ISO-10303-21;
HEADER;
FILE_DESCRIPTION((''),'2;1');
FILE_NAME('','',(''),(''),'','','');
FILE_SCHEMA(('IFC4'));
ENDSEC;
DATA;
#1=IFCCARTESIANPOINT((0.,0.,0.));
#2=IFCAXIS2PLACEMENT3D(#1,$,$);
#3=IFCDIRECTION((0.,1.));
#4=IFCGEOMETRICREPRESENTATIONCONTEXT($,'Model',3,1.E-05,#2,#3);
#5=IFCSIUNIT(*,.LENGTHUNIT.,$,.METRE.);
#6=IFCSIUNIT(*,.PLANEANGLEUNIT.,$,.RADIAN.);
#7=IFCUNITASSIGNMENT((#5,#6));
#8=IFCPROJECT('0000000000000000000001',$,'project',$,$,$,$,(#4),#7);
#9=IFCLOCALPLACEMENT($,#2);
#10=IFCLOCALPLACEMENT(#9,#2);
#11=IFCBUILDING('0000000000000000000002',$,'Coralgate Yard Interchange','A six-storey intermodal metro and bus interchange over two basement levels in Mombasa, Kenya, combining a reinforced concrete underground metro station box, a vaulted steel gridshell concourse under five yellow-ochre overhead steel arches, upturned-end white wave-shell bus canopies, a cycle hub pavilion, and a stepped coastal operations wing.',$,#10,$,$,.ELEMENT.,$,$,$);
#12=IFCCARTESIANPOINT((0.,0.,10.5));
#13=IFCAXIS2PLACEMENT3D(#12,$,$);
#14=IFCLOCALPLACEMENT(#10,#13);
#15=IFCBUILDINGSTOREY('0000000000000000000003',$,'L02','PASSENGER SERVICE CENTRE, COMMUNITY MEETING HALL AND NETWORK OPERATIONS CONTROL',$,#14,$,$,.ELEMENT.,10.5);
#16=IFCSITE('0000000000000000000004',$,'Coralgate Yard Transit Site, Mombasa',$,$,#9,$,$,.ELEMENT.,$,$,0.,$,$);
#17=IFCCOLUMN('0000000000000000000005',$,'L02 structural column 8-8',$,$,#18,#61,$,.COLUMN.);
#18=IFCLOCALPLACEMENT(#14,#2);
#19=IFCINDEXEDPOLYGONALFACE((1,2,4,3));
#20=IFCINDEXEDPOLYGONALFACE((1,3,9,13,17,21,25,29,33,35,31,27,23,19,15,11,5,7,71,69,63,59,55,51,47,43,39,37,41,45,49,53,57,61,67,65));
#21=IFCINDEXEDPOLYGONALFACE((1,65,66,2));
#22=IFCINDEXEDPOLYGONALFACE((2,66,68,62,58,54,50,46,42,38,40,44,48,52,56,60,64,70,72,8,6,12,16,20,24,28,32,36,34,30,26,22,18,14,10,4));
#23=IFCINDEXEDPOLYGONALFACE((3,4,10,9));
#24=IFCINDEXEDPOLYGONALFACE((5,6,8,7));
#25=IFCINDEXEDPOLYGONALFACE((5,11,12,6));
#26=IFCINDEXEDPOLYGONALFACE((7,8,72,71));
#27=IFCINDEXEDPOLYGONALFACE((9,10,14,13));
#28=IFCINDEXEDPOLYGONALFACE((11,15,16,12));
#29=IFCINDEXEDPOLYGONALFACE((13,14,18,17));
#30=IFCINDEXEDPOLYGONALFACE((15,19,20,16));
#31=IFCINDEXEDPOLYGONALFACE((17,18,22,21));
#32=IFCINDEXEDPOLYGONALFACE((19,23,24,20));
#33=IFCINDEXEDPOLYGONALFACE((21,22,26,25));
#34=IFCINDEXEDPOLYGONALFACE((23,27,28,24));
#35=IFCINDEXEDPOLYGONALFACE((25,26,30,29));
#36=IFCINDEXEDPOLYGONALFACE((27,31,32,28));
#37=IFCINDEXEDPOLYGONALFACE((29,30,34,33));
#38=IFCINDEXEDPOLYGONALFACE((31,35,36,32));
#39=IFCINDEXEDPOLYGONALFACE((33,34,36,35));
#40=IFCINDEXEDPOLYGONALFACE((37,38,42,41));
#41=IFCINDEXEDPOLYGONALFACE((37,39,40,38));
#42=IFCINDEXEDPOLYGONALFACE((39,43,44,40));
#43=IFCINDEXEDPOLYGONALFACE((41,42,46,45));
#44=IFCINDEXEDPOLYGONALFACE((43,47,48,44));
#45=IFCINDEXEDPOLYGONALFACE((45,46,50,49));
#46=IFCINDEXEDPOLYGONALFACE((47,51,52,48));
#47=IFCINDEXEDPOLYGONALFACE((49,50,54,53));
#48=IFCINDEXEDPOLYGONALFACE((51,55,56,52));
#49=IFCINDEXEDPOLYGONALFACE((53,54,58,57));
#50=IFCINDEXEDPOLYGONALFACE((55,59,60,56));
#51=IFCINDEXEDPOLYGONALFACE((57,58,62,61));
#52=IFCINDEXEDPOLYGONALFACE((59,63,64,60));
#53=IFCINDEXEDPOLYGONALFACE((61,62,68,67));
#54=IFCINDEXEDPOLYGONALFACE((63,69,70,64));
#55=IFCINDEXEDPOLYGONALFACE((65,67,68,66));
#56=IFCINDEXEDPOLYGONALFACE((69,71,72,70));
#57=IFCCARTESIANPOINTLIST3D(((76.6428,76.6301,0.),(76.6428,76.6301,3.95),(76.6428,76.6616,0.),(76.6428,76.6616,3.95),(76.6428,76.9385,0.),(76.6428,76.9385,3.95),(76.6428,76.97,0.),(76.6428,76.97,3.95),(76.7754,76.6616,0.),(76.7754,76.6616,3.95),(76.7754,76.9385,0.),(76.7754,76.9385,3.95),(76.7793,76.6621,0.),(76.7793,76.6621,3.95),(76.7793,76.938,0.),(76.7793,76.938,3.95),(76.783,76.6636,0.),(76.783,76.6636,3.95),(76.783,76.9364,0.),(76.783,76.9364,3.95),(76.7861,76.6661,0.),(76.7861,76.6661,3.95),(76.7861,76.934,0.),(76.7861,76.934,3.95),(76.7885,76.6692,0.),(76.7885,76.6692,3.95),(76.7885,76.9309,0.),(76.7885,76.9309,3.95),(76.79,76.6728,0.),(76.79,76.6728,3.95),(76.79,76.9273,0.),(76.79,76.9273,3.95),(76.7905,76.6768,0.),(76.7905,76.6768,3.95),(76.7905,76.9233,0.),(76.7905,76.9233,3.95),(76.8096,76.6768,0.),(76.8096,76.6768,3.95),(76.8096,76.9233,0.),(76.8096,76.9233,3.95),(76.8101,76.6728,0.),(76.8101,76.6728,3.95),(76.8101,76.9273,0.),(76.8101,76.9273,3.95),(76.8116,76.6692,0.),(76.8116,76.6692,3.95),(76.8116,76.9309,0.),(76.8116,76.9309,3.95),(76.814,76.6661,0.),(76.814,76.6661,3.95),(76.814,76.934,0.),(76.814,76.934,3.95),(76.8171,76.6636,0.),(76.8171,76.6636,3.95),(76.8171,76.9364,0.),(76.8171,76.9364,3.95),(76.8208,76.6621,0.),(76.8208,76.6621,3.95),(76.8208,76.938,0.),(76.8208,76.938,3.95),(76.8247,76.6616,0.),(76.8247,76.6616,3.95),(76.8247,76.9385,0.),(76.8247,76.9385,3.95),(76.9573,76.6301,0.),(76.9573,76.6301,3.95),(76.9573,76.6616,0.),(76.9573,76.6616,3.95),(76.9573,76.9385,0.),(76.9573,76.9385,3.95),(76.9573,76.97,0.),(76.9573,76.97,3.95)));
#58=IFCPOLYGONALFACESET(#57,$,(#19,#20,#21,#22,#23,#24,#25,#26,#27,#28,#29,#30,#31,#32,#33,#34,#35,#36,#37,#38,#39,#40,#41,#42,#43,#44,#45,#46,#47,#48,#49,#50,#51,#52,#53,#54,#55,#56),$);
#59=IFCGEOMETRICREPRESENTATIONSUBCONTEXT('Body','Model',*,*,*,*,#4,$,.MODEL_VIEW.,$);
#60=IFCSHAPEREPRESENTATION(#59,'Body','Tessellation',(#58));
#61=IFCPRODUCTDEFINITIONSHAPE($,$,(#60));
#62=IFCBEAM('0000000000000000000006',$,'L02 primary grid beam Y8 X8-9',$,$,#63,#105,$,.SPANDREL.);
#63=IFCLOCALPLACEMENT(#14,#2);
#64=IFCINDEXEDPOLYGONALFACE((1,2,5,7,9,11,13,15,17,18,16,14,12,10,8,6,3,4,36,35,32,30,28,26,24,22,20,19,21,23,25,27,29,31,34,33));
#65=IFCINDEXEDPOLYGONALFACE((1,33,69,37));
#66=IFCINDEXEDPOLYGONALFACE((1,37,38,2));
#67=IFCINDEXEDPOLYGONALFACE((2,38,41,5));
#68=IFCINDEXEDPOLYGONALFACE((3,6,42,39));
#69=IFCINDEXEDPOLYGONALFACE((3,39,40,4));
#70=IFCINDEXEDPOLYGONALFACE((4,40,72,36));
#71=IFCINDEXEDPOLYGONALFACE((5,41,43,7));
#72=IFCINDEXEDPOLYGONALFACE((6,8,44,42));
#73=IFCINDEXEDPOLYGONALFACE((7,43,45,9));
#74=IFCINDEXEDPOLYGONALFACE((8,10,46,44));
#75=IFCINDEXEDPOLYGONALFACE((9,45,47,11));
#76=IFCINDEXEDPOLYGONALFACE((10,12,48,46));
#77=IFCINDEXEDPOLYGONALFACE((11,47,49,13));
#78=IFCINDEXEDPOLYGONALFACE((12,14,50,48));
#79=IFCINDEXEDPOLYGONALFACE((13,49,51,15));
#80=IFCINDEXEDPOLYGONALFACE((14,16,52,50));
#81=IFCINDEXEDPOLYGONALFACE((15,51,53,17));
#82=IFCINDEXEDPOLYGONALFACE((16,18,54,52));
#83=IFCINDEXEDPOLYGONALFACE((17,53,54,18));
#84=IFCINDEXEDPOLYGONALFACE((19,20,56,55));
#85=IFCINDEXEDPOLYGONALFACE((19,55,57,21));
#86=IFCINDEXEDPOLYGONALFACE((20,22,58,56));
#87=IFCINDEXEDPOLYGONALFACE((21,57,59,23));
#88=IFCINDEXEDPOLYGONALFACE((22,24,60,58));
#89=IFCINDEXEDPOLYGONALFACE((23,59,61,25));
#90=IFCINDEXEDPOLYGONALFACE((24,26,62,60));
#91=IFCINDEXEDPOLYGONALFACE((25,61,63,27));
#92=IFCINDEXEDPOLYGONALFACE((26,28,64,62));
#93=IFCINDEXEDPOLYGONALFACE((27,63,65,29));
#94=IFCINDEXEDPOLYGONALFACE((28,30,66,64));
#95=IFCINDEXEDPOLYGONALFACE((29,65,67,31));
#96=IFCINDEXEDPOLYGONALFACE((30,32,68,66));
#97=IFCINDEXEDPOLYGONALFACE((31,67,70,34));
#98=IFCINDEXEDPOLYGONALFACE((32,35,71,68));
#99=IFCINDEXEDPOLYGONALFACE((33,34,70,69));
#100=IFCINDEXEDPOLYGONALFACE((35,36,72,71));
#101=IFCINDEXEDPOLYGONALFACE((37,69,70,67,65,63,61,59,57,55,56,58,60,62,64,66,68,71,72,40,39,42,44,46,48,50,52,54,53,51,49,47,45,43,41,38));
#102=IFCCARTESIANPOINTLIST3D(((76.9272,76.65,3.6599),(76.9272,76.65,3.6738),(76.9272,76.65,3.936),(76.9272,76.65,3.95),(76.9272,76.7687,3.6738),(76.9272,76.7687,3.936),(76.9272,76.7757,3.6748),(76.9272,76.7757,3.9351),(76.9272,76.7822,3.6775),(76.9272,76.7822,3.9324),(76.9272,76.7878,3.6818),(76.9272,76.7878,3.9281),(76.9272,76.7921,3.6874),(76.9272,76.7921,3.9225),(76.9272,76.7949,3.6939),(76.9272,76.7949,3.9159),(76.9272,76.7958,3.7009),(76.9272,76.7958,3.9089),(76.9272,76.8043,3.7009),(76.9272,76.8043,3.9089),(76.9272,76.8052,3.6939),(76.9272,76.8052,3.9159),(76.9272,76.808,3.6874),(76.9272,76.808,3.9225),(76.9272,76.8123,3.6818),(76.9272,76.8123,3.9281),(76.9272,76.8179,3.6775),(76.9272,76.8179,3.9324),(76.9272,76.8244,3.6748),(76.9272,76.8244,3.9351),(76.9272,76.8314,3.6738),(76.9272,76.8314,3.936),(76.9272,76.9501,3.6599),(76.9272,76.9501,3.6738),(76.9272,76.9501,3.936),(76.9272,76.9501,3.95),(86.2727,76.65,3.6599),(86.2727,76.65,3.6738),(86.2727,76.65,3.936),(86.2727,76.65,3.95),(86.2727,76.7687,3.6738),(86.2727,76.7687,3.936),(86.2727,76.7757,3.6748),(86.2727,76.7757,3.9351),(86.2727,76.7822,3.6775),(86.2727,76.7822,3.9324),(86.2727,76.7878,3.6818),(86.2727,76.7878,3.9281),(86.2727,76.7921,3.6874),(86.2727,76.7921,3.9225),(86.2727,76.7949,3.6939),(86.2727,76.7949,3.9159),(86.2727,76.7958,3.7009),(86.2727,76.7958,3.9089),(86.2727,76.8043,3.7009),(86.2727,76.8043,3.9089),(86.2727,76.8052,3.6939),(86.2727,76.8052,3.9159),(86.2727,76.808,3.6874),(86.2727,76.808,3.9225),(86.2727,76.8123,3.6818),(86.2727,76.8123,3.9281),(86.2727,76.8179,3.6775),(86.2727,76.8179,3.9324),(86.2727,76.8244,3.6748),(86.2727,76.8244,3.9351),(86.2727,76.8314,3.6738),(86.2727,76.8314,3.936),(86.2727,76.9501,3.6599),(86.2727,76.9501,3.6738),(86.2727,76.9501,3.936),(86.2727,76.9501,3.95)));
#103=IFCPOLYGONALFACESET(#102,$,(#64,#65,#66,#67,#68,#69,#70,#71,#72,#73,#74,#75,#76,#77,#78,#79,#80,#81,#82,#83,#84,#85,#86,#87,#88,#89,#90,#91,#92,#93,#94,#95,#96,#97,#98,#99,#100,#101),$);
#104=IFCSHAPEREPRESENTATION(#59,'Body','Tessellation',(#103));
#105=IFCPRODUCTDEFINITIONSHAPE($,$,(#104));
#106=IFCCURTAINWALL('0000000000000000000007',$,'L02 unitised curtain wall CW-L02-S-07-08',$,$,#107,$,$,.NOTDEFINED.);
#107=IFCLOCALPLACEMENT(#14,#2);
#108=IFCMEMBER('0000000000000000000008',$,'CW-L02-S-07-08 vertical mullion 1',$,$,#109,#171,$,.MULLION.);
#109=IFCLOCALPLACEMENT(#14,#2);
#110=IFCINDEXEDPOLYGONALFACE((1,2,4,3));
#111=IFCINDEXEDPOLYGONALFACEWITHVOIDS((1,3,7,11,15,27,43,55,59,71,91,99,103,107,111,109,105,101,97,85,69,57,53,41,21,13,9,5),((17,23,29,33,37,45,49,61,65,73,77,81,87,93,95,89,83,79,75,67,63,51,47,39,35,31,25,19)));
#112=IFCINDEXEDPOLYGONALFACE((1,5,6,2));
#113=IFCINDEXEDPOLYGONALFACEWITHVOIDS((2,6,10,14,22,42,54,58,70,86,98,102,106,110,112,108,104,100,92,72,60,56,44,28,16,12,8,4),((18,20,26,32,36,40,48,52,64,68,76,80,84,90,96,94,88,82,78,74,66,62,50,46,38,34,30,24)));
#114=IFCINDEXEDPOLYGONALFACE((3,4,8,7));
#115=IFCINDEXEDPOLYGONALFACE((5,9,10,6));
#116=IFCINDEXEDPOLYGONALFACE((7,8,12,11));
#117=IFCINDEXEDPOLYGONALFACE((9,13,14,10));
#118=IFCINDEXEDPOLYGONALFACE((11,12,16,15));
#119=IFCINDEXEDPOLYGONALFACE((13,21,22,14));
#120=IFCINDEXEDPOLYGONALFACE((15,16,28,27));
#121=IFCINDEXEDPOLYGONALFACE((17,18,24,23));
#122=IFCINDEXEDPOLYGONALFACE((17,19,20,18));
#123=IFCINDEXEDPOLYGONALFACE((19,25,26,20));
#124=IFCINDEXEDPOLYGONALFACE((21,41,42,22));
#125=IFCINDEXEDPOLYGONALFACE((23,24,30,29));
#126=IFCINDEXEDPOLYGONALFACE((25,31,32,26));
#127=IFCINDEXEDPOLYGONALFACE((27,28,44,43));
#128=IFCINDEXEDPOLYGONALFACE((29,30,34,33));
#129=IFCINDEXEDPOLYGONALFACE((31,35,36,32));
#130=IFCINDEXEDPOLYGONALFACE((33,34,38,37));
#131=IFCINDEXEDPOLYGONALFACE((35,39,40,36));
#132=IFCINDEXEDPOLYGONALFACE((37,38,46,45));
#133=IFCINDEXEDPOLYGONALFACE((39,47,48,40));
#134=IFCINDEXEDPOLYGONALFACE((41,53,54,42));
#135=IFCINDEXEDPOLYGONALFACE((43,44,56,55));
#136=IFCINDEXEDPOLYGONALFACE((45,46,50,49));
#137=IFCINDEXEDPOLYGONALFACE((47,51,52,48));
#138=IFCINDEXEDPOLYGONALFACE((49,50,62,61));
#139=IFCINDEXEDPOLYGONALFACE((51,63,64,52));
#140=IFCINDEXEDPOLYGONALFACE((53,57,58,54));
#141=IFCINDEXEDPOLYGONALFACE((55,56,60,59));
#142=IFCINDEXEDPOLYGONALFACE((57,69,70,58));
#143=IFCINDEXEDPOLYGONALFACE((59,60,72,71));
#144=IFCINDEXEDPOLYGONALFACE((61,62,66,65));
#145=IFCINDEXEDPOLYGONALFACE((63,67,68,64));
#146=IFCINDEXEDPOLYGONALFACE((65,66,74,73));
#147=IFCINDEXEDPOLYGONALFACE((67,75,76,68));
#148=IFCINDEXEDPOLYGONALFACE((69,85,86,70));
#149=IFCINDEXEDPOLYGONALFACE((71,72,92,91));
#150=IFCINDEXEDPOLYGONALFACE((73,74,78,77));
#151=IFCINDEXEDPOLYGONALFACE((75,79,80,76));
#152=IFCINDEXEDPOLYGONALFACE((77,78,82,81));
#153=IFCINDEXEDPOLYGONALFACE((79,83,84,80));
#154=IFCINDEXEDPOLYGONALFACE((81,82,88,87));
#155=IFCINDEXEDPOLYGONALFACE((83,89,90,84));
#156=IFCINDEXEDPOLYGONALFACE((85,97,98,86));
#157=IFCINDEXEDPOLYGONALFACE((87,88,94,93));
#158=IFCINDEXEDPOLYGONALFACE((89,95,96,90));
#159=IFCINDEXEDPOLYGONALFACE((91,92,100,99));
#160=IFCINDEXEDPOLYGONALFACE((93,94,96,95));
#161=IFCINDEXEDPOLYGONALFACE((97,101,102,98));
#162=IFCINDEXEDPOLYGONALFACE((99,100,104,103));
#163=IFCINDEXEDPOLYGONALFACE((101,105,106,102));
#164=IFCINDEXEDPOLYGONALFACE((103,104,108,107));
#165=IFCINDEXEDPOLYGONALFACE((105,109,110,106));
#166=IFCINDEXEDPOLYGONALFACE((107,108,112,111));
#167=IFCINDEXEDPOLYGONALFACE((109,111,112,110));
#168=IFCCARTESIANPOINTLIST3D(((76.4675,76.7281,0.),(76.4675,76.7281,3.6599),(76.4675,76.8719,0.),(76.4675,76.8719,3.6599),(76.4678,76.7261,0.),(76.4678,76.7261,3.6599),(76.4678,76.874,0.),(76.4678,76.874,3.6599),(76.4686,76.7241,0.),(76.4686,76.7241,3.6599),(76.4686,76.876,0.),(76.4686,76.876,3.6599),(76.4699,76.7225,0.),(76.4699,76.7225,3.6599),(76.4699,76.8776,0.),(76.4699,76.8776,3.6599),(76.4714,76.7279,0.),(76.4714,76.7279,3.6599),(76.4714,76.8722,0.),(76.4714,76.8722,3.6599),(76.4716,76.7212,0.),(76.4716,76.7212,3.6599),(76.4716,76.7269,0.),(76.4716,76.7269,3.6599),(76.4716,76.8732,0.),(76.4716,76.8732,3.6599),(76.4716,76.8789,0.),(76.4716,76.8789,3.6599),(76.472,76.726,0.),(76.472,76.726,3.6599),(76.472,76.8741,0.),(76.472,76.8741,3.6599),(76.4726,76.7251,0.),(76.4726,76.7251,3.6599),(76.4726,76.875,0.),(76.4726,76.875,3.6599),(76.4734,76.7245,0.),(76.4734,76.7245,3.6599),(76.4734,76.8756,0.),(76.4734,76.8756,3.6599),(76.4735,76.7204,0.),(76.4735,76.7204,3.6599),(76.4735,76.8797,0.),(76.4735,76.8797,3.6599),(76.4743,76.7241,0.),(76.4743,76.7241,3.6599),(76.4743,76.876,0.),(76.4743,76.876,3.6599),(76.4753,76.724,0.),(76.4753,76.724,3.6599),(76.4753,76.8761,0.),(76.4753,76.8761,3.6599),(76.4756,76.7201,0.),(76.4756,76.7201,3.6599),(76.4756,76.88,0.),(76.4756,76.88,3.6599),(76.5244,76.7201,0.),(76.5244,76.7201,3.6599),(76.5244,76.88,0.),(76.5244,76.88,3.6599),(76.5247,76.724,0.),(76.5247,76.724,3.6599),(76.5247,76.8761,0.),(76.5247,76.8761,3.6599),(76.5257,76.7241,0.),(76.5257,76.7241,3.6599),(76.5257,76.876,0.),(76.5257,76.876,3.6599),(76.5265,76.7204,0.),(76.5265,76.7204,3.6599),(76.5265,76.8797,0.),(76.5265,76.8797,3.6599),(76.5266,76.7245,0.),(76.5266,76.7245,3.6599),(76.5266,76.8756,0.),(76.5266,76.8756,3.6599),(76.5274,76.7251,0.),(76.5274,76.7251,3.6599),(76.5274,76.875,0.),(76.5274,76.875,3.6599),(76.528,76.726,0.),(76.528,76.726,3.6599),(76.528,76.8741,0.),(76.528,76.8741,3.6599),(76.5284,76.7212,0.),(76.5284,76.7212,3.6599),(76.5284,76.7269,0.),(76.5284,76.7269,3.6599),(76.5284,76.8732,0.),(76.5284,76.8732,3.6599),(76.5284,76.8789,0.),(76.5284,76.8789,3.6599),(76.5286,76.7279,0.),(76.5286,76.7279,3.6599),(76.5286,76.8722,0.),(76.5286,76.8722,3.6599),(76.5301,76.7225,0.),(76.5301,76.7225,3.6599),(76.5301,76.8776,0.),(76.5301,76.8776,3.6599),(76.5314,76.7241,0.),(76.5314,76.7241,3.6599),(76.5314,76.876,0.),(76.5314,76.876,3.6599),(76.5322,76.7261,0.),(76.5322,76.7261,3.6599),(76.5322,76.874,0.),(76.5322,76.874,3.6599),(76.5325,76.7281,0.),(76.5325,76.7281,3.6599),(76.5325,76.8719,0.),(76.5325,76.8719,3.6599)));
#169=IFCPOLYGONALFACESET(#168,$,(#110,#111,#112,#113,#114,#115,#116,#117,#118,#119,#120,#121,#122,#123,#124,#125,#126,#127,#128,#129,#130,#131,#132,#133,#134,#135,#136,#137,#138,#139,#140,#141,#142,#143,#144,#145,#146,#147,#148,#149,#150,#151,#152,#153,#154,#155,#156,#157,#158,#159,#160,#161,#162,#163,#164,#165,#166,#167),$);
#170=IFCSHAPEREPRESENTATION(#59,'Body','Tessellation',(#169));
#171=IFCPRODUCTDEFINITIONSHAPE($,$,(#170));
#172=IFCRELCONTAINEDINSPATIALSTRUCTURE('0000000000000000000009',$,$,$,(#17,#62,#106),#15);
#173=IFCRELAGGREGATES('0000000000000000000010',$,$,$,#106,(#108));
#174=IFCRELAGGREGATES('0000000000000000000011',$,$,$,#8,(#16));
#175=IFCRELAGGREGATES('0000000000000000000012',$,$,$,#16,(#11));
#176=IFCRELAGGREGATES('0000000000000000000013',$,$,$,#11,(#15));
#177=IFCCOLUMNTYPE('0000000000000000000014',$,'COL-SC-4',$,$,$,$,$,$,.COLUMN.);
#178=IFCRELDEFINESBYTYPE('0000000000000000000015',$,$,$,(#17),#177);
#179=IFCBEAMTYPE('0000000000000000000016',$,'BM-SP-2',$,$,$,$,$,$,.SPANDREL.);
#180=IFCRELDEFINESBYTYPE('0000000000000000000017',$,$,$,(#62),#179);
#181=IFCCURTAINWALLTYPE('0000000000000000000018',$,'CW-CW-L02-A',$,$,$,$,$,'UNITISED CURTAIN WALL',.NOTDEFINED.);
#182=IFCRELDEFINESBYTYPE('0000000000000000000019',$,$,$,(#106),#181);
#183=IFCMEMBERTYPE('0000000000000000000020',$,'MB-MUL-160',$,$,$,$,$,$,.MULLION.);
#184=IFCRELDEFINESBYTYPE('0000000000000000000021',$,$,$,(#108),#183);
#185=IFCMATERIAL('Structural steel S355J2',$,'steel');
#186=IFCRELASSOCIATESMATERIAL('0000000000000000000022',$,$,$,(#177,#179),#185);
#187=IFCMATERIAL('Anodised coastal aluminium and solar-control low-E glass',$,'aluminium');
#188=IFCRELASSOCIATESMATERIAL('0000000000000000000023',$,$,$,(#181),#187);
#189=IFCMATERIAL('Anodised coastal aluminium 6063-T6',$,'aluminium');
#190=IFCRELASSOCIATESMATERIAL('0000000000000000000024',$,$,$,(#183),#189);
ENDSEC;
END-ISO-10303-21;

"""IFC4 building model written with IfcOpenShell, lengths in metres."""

from ifc_helpers import new_model, si_unit, direction, frame, origin, origin_2d, place, context, subcontext, project, spatial, hollow_rectangle, i_section, extrude, material, material_profile, profile_set, type_object, element, aggregate, save


model = new_model("IFC4")

# Units and contexts
model_context = context("Model", 3, precision=1e-05, world=origin(), true_north=direction((0.0, 1.0)))
body_context = subcontext(model_context, "Body", "Model", "MODEL_VIEW")
ifc_project = project(units=[si_unit("LENGTHUNIT", "METRE"), si_unit("PLANEANGLEUNIT", "RADIAN")], contexts=[model_context])

# Site, building, storey
site_placement = place(None, origin())
site = spatial("IfcSite", under=ifc_project, at=site_placement, Name="Coralgate Yard Transit Site, Mombasa", CompositionType="ELEMENT", RefElevation=0.0)
building_placement = place(site_placement, origin())
building = spatial("IfcBuilding", under=site, at=building_placement, Name="Coralgate Yard Interchange", Description="A six-storey intermodal metro and bus interchange over two basement levels in Mombasa, Kenya, combining a reinforced concrete underground metro station box, a vaulted steel gridshell concourse under five yellow-ochre overhead steel arches, upturned-end white wave-shell bus canopies, a cycle hub pavilion, and a stepped coastal operations wing.", CompositionType="ELEMENT")
storey_placement = place(building_placement, frame((0.0, 0.0, 10.5)))
storey = spatial("IfcBuildingStorey", under=building, at=storey_placement, Name="L02", Description="PASSENGER SERVICE CENTRE, COMMUNITY MEETING HALL AND NETWORK OPERATIONS CONTROL", CompositionType="ELEMENT", Elevation=10.5)

# Column
ifc_material_1 = material(Name="Structural steel S355J2", Category="steel")
ifc_material_profile_1 = material_profile(ifc_material_1, i_section(OverallWidth=0.3145, OverallDepth=0.3398, WebThickness=0.019, FlangeThickness=0.0315, FilletRadius=0.0151, at=origin_2d()), Name="UC 305x305x198")
ifc_profile_set_1 = profile_set([ifc_material_profile_1], Name="Structural steel S355J2")
column_type = type_object("IfcColumnType", Name="COL-SC-4", PredefinedType="COLUMN", material=ifc_profile_set_1)
column_placement = place(storey_placement, frame((76.8, 76.8, 0.0), z_axis=(0.0, 0.0, 1.0), x_axis=(1.0, 0.0, 0.0)))
element("IfcColumn", 1, at=column_placement, inside=storey, type_object=column_type, Name="L02 structural column 8-8", PredefinedType="COLUMN", context=body_context, shape_type="SweptSolid", body=[
    extrude(i_section(OverallWidth=0.3145, OverallDepth=0.3398, WebThickness=0.019, FlangeThickness=0.0315, FilletRadius=0.0151, at=origin_2d()), origin(), (0.0, 0.0, 1.0), 3.95),
])

# Beam
ifc_material_profile_2 = material_profile(ifc_material_1, i_section(OverallWidth=0.3, OverallDepth=0.29, WebThickness=0.0085, FlangeThickness=0.0139, FilletRadius=0.0271, at=origin_2d()), Name="HEA 300")
ifc_profile_set_2 = profile_set([ifc_material_profile_2], Name="Structural steel S355J2")
beam_type = type_object("IfcBeamType", Name="BM-SP-2", PredefinedType="SPANDREL", material=ifc_profile_set_2)
beam_placement = place(storey_placement, frame((76.9272, 76.8, 3.8049), z_axis=(1.0, 0.0, 0.0), x_axis=(0.0, 1.0, 0.0)))
element("IfcBeam", 2, at=beam_placement, inside=storey, type_object=beam_type, Name="L02 primary grid beam Y8 X8-9", PredefinedType="SPANDREL", context=body_context, shape_type="SweptSolid", body=[
    extrude(i_section(OverallWidth=0.3, OverallDepth=0.29, WebThickness=0.0085, FlangeThickness=0.0139, FilletRadius=0.0271, at=origin_2d()), origin(), (0.0, 0.0, 1.0), 9.3455),
])

# Curtain wall, member
ifc_material_2 = material(Name="Anodised coastal aluminium and solar-control low-E glass", Category="aluminium")
curtain_wall_type = type_object("IfcCurtainWallType", Name="CW-CW-L02-A", ElementType="UNITISED CURTAIN WALL", PredefinedType="NOTDEFINED", material=ifc_material_2)
curtain_wall_1_placement = place(storey_placement, origin())
curtain_wall_1 = element("IfcCurtainWall", 3, at=curtain_wall_1_placement, inside=storey, type_object=curtain_wall_type, Name="L02 unitised curtain wall CW-L02-S-07-08", PredefinedType="NOTDEFINED")
ifc_material_3 = material(Name="Anodised coastal aluminium 6063-T6", Category="aluminium")
ifc_material_profile_3 = material_profile(ifc_material_3, hollow_rectangle(XDim=0.0649, YDim=0.1599, WallThickness=0.0039, InnerFilletRadius=0.0039, OuterFilletRadius=0.0081, at=origin_2d()), Name="ALU 65x160x4")
ifc_profile_set_3 = profile_set([ifc_material_profile_3], Name="Anodised coastal aluminium 6063-T6")
member_type_1 = type_object("IfcMemberType", Name="MB-MUL-160", PredefinedType="MULLION", material=ifc_profile_set_3)
member_1_placement = place(storey_placement, frame((76.5, 76.8, 0.0), z_axis=(0.0, 0.0, 1.0), x_axis=(1.0, 0.0, 0.0)))
member_1 = element("IfcMember", 4, at=member_1_placement, type_object=member_type_1, Name="CW-L02-S-07-08 vertical mullion 1", PredefinedType="MULLION", context=body_context, shape_type="SweptSolid", body=[
    extrude(hollow_rectangle(XDim=0.0649, YDim=0.1599, WallThickness=0.0039, InnerFilletRadius=0.0039, OuterFilletRadius=0.0081, at=origin_2d()), origin(), (0.0, 0.0, 1.0), 3.6599),
])

aggregate(curtain_wall_1, [member_1])

save(model, "model.ifc")
